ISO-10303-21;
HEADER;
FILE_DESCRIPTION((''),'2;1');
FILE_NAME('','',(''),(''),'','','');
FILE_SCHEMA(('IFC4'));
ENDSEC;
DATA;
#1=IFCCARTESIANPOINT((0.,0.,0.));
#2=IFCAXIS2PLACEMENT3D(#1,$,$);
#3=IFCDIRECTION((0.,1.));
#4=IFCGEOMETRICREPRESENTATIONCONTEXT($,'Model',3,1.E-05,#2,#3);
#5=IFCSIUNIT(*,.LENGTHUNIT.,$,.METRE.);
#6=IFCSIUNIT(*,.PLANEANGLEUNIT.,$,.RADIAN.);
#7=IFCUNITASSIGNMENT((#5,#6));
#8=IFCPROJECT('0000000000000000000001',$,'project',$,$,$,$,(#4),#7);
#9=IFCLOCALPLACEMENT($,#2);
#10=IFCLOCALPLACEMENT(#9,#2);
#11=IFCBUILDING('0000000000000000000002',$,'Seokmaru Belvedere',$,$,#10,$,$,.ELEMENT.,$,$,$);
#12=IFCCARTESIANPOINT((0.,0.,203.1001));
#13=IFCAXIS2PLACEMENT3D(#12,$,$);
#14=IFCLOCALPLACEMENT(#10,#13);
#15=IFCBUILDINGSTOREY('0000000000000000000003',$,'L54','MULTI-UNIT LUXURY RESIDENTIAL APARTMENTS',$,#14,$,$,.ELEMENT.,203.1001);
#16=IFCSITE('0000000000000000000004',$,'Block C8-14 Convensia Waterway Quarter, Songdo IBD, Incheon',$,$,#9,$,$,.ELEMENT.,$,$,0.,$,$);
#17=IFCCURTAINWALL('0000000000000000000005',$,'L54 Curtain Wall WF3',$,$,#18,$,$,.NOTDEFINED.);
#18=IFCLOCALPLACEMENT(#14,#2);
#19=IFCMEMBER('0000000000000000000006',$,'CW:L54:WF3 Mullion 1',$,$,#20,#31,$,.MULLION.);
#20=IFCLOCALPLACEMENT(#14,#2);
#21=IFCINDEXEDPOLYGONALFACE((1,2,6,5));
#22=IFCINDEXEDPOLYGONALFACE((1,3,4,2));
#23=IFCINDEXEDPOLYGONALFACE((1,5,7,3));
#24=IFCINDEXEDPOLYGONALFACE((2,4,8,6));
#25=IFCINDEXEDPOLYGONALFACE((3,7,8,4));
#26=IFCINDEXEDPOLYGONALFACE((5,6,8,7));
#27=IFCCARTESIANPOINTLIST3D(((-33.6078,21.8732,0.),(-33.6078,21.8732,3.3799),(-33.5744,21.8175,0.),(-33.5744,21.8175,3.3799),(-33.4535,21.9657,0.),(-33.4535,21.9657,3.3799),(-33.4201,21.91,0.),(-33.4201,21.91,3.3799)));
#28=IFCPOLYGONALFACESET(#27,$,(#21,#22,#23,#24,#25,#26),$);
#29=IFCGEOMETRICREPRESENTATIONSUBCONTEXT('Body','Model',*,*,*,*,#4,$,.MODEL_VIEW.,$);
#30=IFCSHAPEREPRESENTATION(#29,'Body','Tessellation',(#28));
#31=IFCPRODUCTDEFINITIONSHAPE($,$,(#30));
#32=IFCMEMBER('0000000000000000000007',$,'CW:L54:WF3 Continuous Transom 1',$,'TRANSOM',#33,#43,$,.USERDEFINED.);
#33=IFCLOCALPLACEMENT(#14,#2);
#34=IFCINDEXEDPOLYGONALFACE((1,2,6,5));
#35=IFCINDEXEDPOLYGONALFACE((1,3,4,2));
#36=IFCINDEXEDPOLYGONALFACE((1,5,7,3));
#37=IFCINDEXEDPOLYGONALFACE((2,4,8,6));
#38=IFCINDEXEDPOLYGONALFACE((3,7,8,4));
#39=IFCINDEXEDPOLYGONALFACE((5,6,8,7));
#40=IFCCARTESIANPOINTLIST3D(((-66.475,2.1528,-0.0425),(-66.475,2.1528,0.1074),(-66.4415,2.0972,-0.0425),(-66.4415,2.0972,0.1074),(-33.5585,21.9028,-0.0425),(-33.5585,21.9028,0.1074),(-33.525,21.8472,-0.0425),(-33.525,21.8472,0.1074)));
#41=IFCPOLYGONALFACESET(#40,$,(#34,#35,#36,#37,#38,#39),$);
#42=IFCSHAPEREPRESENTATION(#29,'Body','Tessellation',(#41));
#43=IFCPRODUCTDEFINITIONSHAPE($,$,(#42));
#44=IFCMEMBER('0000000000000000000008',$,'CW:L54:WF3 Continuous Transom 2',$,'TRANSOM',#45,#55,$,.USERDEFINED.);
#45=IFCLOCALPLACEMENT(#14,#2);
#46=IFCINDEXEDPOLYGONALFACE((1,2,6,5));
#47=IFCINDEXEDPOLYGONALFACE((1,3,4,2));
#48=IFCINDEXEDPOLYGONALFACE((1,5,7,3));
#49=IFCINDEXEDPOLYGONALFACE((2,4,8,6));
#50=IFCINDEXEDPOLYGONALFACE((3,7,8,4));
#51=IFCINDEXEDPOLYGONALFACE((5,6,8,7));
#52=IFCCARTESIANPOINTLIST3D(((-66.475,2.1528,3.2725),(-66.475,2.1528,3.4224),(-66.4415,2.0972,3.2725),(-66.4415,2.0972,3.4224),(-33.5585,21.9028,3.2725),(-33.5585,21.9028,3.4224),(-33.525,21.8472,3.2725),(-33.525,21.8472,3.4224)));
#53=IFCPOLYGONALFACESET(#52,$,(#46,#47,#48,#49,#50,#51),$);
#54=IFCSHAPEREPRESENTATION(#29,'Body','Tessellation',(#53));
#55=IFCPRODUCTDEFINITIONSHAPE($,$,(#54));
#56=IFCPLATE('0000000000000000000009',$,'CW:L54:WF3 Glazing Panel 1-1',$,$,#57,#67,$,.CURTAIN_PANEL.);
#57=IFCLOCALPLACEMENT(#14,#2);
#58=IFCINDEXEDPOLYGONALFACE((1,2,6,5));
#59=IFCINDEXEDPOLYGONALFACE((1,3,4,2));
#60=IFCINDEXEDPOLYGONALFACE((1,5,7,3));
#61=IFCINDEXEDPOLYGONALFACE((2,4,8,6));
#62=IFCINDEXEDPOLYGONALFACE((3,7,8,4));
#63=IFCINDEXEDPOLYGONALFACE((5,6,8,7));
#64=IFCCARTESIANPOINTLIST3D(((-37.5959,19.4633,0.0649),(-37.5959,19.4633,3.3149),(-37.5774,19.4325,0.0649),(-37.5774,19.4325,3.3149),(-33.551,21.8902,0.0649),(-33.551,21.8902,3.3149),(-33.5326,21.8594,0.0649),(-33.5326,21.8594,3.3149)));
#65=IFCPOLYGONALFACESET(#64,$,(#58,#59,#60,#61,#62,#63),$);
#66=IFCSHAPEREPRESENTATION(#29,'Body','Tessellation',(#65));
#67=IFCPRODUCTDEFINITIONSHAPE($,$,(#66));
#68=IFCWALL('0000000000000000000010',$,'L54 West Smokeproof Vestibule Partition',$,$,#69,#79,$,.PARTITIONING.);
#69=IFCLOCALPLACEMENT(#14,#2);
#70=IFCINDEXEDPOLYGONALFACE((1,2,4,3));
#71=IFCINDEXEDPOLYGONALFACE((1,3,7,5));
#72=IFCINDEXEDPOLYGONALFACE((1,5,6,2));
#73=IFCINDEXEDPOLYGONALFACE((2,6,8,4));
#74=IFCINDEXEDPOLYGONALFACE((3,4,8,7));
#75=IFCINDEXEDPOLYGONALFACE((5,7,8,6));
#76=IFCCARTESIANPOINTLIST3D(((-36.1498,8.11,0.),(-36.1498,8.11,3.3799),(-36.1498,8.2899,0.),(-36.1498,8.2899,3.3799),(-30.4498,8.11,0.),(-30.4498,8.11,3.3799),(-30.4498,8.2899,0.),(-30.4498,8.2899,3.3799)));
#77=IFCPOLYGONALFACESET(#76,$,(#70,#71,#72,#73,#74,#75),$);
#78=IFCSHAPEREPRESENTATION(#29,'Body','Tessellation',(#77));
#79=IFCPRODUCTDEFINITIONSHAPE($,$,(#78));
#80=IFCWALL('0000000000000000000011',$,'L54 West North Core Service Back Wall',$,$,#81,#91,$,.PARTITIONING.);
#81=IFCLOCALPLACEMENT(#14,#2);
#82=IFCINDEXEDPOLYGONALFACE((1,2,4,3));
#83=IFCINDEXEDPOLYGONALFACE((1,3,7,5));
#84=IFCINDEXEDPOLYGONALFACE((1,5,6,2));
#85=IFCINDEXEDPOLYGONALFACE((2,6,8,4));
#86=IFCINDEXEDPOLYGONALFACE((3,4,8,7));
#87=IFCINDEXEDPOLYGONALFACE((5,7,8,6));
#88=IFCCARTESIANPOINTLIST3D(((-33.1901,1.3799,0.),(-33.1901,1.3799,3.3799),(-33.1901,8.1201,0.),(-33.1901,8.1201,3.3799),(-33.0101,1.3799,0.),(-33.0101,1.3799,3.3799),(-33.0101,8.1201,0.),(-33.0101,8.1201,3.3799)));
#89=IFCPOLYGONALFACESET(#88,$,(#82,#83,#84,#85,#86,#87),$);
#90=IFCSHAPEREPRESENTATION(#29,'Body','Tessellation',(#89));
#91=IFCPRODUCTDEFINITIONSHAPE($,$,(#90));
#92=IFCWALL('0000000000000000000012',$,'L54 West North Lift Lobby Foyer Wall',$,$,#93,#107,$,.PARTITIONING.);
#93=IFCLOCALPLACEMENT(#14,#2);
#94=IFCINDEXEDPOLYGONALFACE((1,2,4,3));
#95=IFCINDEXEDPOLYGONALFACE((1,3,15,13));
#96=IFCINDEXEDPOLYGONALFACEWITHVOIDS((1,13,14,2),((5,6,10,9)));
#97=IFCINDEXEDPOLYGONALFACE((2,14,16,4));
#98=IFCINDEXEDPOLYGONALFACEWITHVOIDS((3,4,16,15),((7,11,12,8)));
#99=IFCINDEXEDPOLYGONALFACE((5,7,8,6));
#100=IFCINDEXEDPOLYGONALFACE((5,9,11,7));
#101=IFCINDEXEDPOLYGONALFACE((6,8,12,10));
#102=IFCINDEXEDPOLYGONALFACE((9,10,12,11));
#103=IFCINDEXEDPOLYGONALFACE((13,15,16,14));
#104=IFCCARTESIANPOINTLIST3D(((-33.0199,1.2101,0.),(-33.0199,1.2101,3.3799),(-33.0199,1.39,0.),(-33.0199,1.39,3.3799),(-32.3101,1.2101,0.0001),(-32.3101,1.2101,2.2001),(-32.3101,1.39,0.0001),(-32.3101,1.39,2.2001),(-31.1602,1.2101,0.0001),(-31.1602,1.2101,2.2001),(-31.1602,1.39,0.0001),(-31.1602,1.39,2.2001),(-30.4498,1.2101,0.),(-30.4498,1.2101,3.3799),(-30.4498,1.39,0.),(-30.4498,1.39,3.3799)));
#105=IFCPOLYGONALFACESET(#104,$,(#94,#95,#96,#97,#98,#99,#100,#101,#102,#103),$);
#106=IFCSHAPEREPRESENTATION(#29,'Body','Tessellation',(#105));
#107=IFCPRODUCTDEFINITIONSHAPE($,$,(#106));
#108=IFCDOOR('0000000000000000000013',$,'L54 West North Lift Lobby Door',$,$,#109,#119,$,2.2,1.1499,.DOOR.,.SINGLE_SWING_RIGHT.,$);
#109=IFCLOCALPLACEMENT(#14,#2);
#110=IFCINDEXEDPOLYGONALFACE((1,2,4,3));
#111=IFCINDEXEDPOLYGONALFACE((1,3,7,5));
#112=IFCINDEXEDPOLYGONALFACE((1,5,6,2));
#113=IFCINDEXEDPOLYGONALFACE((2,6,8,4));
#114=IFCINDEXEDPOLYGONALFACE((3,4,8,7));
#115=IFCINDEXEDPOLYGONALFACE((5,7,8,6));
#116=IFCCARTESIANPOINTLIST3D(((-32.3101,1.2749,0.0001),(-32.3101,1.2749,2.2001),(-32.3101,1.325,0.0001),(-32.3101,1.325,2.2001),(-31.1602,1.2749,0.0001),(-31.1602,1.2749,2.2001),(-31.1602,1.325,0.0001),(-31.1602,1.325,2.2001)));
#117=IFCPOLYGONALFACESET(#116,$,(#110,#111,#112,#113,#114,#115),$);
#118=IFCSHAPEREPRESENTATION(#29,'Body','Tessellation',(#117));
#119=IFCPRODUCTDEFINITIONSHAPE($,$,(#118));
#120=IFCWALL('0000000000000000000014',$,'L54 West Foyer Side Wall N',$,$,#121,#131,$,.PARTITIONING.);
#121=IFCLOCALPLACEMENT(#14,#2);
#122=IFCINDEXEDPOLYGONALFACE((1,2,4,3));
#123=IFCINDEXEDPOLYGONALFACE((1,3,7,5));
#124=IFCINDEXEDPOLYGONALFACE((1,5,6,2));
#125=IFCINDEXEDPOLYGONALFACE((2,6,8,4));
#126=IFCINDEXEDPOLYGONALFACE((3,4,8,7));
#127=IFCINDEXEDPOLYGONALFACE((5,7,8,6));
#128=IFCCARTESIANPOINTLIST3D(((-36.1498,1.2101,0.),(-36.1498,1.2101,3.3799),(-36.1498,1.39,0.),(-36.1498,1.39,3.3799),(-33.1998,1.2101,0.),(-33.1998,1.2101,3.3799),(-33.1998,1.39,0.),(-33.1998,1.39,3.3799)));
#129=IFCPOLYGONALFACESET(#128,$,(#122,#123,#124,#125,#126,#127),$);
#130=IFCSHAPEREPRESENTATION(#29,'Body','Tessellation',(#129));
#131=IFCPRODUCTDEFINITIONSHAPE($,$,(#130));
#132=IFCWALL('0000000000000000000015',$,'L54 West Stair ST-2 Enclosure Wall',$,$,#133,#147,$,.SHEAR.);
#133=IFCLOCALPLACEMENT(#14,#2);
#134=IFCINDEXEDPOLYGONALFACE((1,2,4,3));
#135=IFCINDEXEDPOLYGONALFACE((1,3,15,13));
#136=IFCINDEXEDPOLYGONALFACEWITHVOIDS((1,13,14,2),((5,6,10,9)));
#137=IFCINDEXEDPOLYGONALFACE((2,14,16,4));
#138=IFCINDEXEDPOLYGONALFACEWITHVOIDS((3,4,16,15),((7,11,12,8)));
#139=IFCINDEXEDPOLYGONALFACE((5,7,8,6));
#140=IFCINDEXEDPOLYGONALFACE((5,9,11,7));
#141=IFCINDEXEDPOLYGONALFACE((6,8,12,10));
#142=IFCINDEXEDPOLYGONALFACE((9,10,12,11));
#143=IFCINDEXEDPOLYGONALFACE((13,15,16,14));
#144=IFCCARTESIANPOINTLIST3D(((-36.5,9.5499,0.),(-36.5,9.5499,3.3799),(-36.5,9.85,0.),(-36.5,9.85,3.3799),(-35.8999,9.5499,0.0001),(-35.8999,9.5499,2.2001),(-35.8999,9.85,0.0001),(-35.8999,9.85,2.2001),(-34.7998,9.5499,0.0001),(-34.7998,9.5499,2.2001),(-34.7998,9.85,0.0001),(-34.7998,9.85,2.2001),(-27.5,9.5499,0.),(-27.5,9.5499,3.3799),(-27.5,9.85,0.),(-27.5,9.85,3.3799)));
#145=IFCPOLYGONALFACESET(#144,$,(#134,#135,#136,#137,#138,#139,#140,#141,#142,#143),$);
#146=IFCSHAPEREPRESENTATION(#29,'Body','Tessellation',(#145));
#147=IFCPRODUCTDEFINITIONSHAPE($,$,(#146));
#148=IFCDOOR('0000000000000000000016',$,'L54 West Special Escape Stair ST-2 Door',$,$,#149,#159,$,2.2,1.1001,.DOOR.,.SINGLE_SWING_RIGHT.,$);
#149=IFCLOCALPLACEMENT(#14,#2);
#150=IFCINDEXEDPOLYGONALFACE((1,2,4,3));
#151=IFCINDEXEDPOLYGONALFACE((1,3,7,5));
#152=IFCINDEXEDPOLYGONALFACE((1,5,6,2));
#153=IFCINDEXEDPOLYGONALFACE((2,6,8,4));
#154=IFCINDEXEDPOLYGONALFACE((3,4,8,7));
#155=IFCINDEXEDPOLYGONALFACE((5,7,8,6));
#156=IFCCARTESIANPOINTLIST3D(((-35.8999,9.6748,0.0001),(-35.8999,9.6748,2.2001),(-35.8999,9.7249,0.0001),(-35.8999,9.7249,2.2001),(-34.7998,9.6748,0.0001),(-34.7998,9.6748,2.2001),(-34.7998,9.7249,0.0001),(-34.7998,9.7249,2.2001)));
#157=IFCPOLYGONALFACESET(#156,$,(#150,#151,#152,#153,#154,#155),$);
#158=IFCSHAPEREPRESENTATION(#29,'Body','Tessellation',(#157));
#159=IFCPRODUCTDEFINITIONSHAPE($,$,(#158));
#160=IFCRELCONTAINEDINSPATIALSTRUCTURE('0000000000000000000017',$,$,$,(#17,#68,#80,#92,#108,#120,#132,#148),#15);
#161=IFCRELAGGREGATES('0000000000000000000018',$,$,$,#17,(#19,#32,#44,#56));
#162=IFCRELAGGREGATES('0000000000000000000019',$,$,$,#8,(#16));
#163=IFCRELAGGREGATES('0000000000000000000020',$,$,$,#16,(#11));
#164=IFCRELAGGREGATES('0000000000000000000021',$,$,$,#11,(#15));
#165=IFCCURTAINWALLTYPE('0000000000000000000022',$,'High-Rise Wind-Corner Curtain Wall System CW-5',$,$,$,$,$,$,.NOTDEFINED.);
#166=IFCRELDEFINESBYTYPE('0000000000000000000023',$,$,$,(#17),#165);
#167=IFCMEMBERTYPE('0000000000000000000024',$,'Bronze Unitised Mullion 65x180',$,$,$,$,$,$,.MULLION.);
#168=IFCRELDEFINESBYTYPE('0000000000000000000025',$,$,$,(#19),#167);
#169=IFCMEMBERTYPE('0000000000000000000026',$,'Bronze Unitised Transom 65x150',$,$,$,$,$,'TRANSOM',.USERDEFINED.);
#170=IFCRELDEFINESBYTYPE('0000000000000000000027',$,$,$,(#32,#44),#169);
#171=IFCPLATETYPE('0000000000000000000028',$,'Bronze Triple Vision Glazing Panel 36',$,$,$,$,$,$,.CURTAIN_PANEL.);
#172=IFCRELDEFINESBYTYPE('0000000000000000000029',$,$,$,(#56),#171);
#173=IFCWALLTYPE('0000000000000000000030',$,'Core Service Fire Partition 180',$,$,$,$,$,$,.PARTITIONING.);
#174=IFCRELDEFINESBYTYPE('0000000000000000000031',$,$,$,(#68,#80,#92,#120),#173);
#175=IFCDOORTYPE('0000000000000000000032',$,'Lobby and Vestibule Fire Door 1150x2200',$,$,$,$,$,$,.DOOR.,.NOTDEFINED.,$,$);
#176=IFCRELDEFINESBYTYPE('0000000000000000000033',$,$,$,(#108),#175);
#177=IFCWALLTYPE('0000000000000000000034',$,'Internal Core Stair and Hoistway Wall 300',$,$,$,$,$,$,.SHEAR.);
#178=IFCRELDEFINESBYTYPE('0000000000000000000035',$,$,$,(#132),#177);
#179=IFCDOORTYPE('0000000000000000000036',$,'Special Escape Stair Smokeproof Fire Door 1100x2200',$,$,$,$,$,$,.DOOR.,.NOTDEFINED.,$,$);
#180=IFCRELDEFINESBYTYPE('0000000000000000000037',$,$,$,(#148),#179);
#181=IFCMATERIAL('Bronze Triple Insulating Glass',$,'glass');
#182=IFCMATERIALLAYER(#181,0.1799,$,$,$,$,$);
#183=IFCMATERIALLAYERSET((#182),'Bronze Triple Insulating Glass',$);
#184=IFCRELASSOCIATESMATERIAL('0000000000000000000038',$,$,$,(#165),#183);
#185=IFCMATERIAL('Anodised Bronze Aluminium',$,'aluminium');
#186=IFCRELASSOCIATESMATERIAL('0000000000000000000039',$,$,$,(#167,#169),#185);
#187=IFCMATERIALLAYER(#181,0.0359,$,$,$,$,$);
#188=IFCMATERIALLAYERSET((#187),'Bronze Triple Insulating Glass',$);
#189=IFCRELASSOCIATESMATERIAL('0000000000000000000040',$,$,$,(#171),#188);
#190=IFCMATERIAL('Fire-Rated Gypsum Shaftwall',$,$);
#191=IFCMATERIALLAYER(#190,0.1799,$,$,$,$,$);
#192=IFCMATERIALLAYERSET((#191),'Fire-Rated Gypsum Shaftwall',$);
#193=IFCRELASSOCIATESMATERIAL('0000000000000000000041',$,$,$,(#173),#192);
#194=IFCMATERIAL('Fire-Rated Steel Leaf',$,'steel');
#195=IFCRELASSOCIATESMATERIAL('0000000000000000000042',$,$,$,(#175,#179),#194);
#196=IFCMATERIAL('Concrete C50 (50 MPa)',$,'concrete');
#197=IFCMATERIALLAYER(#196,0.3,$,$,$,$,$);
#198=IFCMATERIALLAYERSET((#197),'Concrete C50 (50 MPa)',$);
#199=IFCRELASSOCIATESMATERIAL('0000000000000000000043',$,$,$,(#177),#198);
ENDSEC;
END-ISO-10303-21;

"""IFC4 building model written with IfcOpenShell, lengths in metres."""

from ifc_helpers import new_model, si_unit, direction, frame, frame_2d, origin, origin_2d, place, context, subcontext, project, spatial, rectangle, extrude, source, transform, mapped, material, layer, layer_set, material_profile, profile_set, type_object, type_shapes, element, fill, aggregate, save


model = new_model("IFC4")

# Units and contexts
model_context = context("Model", 3, precision=1e-05, world=origin(), true_north=direction((0.0, 1.0)))
body_context = subcontext(model_context, "Body", "Model", "MODEL_VIEW")
ifc_project = project(units=[si_unit("LENGTHUNIT", "METRE"), si_unit("PLANEANGLEUNIT", "RADIAN")], contexts=[model_context])

# Site, building, storey
site_placement = place(None, origin())
site = spatial("IfcSite", under=ifc_project, at=site_placement, Name="Block C8-14 Convensia Waterway Quarter, Songdo IBD, Incheon", CompositionType="ELEMENT", RefElevation=0.0)
building_placement = place(site_placement, origin())
building = spatial("IfcBuilding", under=site, at=building_placement, Name="Seokmaru Belvedere", CompositionType="ELEMENT")
storey_placement = place(building_placement, frame((0.0, 0.0, 203.1001)))
storey = spatial("IfcBuildingStorey", under=building, at=storey_placement, Name="L54", Description="MULTI-UNIT LUXURY RESIDENTIAL APARTMENTS", CompositionType="ELEMENT", Elevation=203.1001)

# Curtain wall, members, plate
ifc_material_1 = material(Name="Bronze Triple Insulating Glass", Category="glass")
ifc_layer_1 = layer(ifc_material_1, 0.1799)
ifc_layer_set_1 = layer_set([ifc_layer_1], Name="Bronze Triple Insulating Glass")
curtain_wall_type = type_object("IfcCurtainWallType", Name="High-Rise Wind-Corner Curtain Wall System CW-5", PredefinedType="NOTDEFINED", material=ifc_layer_set_1)
curtain_wall_placement = place(storey_placement, origin())
curtain_wall = element("IfcCurtainWall", 1, at=curtain_wall_placement, inside=storey, type_object=curtain_wall_type, Name="L54 Curtain Wall WF3", PredefinedType="NOTDEFINED")
ifc_material_2 = material(Name="Anodised Bronze Aluminium", Category="aluminium")
ifc_material_profile_1 = material_profile(ifc_material_2, rectangle(XDim=0.0649, YDim=0.1799, at=origin_2d()), Name="CW-M-65x180")
ifc_profile_set_1 = profile_set([ifc_material_profile_1], Name="Anodised Bronze Aluminium")
member_type_1 = type_object("IfcMemberType", Name="Bronze Unitised Mullion 65x180", PredefinedType="MULLION", material=ifc_profile_set_1)
shared_shape_1 = source(origin(), body_context, "Body", "SweptSolid", [
    extrude(rectangle(XDim=0.0649, YDim=0.1799, at=origin_2d()), origin(), (0.0, 0.0, 1.0), 3.3799),
])
type_shapes(member_type_1, [shared_shape_1])
member_1_placement = place(storey_placement, frame((-33.5139, 21.8916, 0.0), z_axis=(0.0, 0.0, 1.0), x_axis=(0.514495, -0.857493, 0.0)))
member_1 = element("IfcMember", 2, at=member_1_placement, type_object=member_type_1, Name="CW:L54:WF3 Mullion 1", PredefinedType="MULLION", context=body_context, shape_type="MappedRepresentation", body=[
    mapped(shared_shape_1, transform((0.0, 0.0, 0.0), scale=1.0)),
])
ifc_material_profile_2 = material_profile(ifc_material_2, rectangle(XDim=0.0649, YDim=0.1499, at=origin_2d()), Name="CW-T-65x150")
ifc_profile_set_2 = profile_set([ifc_material_profile_2], Name="Anodised Bronze Aluminium")
member_type_2 = type_object("IfcMemberType", Name="Bronze Unitised Transom 65x150", ElementType="TRANSOM", PredefinedType="USERDEFINED", material=ifc_profile_set_2)
shared_shape_2 = source(origin(), body_context, "Body", "SweptSolid", [
    extrude(rectangle(XDim=0.0649, YDim=0.1499, at=origin_2d()), origin(), (0.0, 0.0, 1.0), 38.387),
])
type_shapes(member_type_2, [shared_shape_2])
member_2_placement = place(storey_placement, frame((-33.5417, 21.875, 0.0325), z_axis=(-0.857492, -0.514498, 0.0), x_axis=(0.514498, -0.857492, 0.0)))
member_2 = element("IfcMember", 3, at=member_2_placement, type_object=member_type_2, Name="CW:L54:WF3 Continuous Transom 1", ObjectType="TRANSOM", PredefinedType="USERDEFINED", context=body_context, shape_type="MappedRepresentation", body=[
    mapped(shared_shape_2, transform((0.0, 0.0, 0.0), scale=1.0)),
])
member_3_placement = place(storey_placement, frame((-33.5417, 21.875, 3.3474), z_axis=(-0.857492, -0.514498, 0.0), x_axis=(0.514498, -0.857492, 0.0)))
member_3 = element("IfcMember", 4, at=member_3_placement, type_object=member_type_2, Name="CW:L54:WF3 Continuous Transom 2", ObjectType="TRANSOM", PredefinedType="USERDEFINED", context=body_context, shape_type="MappedRepresentation", body=[
    mapped(shared_shape_2, transform((0.0, 0.0, 0.0), scale=1.0)),
])
ifc_layer_2 = layer(ifc_material_1, 0.0359)
ifc_layer_set_2 = layer_set([ifc_layer_2], Name="Bronze Triple Insulating Glass")
plate_type = type_object("IfcPlateType", Name="Bronze Triple Vision Glazing Panel 36", PredefinedType="CURTAIN_PANEL", material=ifc_layer_set_2)
shared_shape_3 = source(origin(), body_context, "Body", "SweptSolid", [
    extrude(rectangle(XDim=4.717, YDim=0.0359, at=origin_2d()), origin(), (0.0, 0.0, 1.0), 3.25),
])
type_shapes(plate_type, [shared_shape_3])
plate_placement = place(storey_placement, frame((-35.5642, 20.6614, 0.0649), z_axis=(0.0, 0.0, 1.0), x_axis=(-0.857493, -0.514495, 0.0)))
plate = element("IfcPlate", 5, at=plate_placement, type_object=plate_type, Name="CW:L54:WF3 Glazing Panel 1-1", PredefinedType="CURTAIN_PANEL", context=body_context, shape_type="MappedRepresentation", body=[
    mapped(shared_shape_3, transform((0.0, 0.0, 0.0), scale=1.0)),
])
aggregate(curtain_wall, [member_1, member_2, member_3, plate])

# Walls
ifc_material_3 = material(Name="Fire-Rated Gypsum Shaftwall")
ifc_layer_3 = layer(ifc_material_3, 0.1799)
ifc_layer_set_3 = layer_set([ifc_layer_3], Name="Fire-Rated Gypsum Shaftwall")
wall_type_1 = type_object("IfcWallType", Name="Core Service Fire Partition 180", PredefinedType="PARTITIONING", material=ifc_layer_set_3)
wall_1_placement = place(storey_placement, frame((-36.1499, 8.2, 0.0), z_axis=(0.0, 0.0, 1.0), x_axis=(1.0, 0.0, 0.0)))
element("IfcWall", 6, at=wall_1_placement, inside=storey, type_object=wall_type_1, Name="L54 West Smokeproof Vestibule Partition", PredefinedType="PARTITIONING", context=body_context, shape_type="SweptSolid", body=[
    extrude(rectangle(XDim=5.7, YDim=0.1799, at=frame_2d((2.8501, 0.0))), origin(), (0.0, 0.0, 1.0), 3.3799),
])
wall_2_placement = place(storey_placement, frame((-33.1001, 1.3799, 0.0), z_axis=(0.0, 0.0, 1.0), x_axis=(0.0, 1.0, 0.0)))
element("IfcWall", 7, at=wall_2_placement, inside=storey, type_object=wall_type_1, Name="L54 West North Core Service Back Wall", PredefinedType="PARTITIONING", context=body_context, shape_type="SweptSolid", body=[
    extrude(rectangle(XDim=6.7402, YDim=0.1799, at=frame_2d((3.3701, 0.0))), origin(), (0.0, 0.0, 1.0), 3.3799),
])

# Wall, opening, door
wall_3_placement = place(storey_placement, frame((-33.02, 1.3, 0.0), z_axis=(0.0, 0.0, 1.0), x_axis=(1.0, 0.0, 0.0)))
wall_3 = element("IfcWall", 8, at=wall_3_placement, inside=storey, type_object=wall_type_1, Name="L54 West North Lift Lobby Foyer Wall", PredefinedType="PARTITIONING", context=body_context, shape_type="SweptSolid", body=[
    extrude(rectangle(XDim=2.5701, YDim=0.1799, at=frame_2d((1.2852, 0.0))), origin(), (0.0, 0.0, 1.0), 3.3799),
])
opening_1_placement = place(wall_3_placement, frame((0.71, 0.0, 0.0)))
opening_1 = element("IfcOpeningElement", 9, at=opening_1_placement, cuts=wall_3, PredefinedType="OPENING", context=body_context, shape_type="SweptSolid", body=[
    extrude(rectangle(XDim=1.1499, YDim=2.2, at=frame_2d((0.575, 1.1001))), frame((0.0, 0.1001, 0.0), z_axis=(0.0, -1.0, 0.0), x_axis=(1.0, 0.0, 0.0)), (0.0, 0.0, 1.0), 0.2),
])
ifc_material_4 = material(Name="Fire-Rated Steel Leaf", Category="steel")
door_type_1 = type_object("IfcDoorType", Name="Lobby and Vestibule Fire Door 1150x2200", OperationType="NOTDEFINED", PredefinedType="DOOR", material=ifc_material_4)
shared_shape_4 = source(origin(), body_context, "Body", "SweptSolid", [
    extrude(rectangle(XDim=1.1499, YDim=2.2, at=frame_2d((0.575, 1.1001))), frame((0.0, 0.0249, 0.0), z_axis=(0.0, -1.0, 0.0), x_axis=(1.0, 0.0, 0.0)), (0.0, 0.0, 1.0), 0.05),
])
type_shapes(door_type_1, [shared_shape_4])
door_1_placement = place(opening_1_placement, origin())
door_1 = element("IfcDoor", 10, at=door_1_placement, inside=storey, type_object=door_type_1, Name="L54 West North Lift Lobby Door", OperationType="SINGLE_SWING_RIGHT", OverallHeight=2.2, OverallWidth=1.1499, PredefinedType="DOOR", context=body_context, shape_type="MappedRepresentation", body=[
    mapped(shared_shape_4, transform((0.0, 0.0, 0.0), scale=1.0)),
])
fill(opening_1, door_1)

# Wall
wall_4_placement = place(storey_placement, frame((-36.1499, 1.3, 0.0), z_axis=(0.0, 0.0, 1.0), x_axis=(1.0, 0.0, 0.0)))
element("IfcWall", 11, at=wall_4_placement, inside=storey, type_object=wall_type_1, Name="L54 West Foyer Side Wall N", PredefinedType="PARTITIONING", context=body_context, shape_type="SweptSolid", body=[
    extrude(rectangle(XDim=2.95, YDim=0.1799, at=frame_2d((1.4751, 0.0))), origin(), (0.0, 0.0, 1.0), 3.3799),
])

# Wall, opening, door
ifc_material_5 = material(Name="Concrete C50 (50 MPa)", Category="concrete")
ifc_layer_4 = layer(ifc_material_5, 0.3)
ifc_layer_set_4 = layer_set([ifc_layer_4], Name="Concrete C50 (50 MPa)")
wall_type_2 = type_object("IfcWallType", Name="Internal Core Stair and Hoistway Wall 300", PredefinedType="SHEAR", material=ifc_layer_set_4)
wall_5_placement = place(storey_placement, frame((-36.5, 9.7, 0.0), z_axis=(0.0, 0.0, 1.0), x_axis=(1.0, 0.0, 0.0)))
wall_5 = element("IfcWall", 12, at=wall_5_placement, inside=storey, type_object=wall_type_2, Name="L54 West Stair ST-2 Enclosure Wall", PredefinedType="SHEAR", context=body_context, shape_type="SweptSolid", body=[
    extrude(rectangle(XDim=9.0, YDim=0.3, at=frame_2d((4.5, 0.0))), origin(), (0.0, 0.0, 1.0), 3.3799),
])
opening_2_placement = place(wall_5_placement, frame((0.6001, 0.0, 0.0)))
opening_2 = element("IfcOpeningElement", 13, at=opening_2_placement, cuts=wall_5, PredefinedType="OPENING", context=body_context, shape_type="SweptSolid", body=[
    extrude(rectangle(XDim=1.1001, YDim=2.2, at=frame_2d((0.55, 1.1001))), frame((0.0, 0.1602, 0.0), z_axis=(0.0, -1.0, 0.0), x_axis=(1.0, 0.0, 0.0)), (0.0, 0.0, 1.0), 0.3201),
])
door_type_2 = type_object("IfcDoorType", Name="Special Escape Stair Smokeproof Fire Door 1100x2200", OperationType="NOTDEFINED", PredefinedType="DOOR", material=ifc_material_4)
shared_shape_5 = source(origin(), body_context, "Body", "SweptSolid", [
    extrude(rectangle(XDim=1.1001, YDim=2.2, at=frame_2d((0.55, 1.1001))), frame((0.0, 0.0249, 0.0), z_axis=(0.0, -1.0, 0.0), x_axis=(1.0, 0.0, 0.0)), (0.0, 0.0, 1.0), 0.05),
])
type_shapes(door_type_2, [shared_shape_5])
door_2_placement = place(opening_2_placement, origin())
door_2 = element("IfcDoor", 14, at=door_2_placement, inside=storey, type_object=door_type_2, Name="L54 West Special Escape Stair ST-2 Door", OperationType="SINGLE_SWING_RIGHT", OverallHeight=2.2, OverallWidth=1.1001, PredefinedType="DOOR", context=body_context, shape_type="MappedRepresentation", body=[
    mapped(shared_shape_5, transform((0.0, 0.0, 0.0), scale=1.0)),
])
fill(opening_2, door_2)

save(model, "model.ifc")
